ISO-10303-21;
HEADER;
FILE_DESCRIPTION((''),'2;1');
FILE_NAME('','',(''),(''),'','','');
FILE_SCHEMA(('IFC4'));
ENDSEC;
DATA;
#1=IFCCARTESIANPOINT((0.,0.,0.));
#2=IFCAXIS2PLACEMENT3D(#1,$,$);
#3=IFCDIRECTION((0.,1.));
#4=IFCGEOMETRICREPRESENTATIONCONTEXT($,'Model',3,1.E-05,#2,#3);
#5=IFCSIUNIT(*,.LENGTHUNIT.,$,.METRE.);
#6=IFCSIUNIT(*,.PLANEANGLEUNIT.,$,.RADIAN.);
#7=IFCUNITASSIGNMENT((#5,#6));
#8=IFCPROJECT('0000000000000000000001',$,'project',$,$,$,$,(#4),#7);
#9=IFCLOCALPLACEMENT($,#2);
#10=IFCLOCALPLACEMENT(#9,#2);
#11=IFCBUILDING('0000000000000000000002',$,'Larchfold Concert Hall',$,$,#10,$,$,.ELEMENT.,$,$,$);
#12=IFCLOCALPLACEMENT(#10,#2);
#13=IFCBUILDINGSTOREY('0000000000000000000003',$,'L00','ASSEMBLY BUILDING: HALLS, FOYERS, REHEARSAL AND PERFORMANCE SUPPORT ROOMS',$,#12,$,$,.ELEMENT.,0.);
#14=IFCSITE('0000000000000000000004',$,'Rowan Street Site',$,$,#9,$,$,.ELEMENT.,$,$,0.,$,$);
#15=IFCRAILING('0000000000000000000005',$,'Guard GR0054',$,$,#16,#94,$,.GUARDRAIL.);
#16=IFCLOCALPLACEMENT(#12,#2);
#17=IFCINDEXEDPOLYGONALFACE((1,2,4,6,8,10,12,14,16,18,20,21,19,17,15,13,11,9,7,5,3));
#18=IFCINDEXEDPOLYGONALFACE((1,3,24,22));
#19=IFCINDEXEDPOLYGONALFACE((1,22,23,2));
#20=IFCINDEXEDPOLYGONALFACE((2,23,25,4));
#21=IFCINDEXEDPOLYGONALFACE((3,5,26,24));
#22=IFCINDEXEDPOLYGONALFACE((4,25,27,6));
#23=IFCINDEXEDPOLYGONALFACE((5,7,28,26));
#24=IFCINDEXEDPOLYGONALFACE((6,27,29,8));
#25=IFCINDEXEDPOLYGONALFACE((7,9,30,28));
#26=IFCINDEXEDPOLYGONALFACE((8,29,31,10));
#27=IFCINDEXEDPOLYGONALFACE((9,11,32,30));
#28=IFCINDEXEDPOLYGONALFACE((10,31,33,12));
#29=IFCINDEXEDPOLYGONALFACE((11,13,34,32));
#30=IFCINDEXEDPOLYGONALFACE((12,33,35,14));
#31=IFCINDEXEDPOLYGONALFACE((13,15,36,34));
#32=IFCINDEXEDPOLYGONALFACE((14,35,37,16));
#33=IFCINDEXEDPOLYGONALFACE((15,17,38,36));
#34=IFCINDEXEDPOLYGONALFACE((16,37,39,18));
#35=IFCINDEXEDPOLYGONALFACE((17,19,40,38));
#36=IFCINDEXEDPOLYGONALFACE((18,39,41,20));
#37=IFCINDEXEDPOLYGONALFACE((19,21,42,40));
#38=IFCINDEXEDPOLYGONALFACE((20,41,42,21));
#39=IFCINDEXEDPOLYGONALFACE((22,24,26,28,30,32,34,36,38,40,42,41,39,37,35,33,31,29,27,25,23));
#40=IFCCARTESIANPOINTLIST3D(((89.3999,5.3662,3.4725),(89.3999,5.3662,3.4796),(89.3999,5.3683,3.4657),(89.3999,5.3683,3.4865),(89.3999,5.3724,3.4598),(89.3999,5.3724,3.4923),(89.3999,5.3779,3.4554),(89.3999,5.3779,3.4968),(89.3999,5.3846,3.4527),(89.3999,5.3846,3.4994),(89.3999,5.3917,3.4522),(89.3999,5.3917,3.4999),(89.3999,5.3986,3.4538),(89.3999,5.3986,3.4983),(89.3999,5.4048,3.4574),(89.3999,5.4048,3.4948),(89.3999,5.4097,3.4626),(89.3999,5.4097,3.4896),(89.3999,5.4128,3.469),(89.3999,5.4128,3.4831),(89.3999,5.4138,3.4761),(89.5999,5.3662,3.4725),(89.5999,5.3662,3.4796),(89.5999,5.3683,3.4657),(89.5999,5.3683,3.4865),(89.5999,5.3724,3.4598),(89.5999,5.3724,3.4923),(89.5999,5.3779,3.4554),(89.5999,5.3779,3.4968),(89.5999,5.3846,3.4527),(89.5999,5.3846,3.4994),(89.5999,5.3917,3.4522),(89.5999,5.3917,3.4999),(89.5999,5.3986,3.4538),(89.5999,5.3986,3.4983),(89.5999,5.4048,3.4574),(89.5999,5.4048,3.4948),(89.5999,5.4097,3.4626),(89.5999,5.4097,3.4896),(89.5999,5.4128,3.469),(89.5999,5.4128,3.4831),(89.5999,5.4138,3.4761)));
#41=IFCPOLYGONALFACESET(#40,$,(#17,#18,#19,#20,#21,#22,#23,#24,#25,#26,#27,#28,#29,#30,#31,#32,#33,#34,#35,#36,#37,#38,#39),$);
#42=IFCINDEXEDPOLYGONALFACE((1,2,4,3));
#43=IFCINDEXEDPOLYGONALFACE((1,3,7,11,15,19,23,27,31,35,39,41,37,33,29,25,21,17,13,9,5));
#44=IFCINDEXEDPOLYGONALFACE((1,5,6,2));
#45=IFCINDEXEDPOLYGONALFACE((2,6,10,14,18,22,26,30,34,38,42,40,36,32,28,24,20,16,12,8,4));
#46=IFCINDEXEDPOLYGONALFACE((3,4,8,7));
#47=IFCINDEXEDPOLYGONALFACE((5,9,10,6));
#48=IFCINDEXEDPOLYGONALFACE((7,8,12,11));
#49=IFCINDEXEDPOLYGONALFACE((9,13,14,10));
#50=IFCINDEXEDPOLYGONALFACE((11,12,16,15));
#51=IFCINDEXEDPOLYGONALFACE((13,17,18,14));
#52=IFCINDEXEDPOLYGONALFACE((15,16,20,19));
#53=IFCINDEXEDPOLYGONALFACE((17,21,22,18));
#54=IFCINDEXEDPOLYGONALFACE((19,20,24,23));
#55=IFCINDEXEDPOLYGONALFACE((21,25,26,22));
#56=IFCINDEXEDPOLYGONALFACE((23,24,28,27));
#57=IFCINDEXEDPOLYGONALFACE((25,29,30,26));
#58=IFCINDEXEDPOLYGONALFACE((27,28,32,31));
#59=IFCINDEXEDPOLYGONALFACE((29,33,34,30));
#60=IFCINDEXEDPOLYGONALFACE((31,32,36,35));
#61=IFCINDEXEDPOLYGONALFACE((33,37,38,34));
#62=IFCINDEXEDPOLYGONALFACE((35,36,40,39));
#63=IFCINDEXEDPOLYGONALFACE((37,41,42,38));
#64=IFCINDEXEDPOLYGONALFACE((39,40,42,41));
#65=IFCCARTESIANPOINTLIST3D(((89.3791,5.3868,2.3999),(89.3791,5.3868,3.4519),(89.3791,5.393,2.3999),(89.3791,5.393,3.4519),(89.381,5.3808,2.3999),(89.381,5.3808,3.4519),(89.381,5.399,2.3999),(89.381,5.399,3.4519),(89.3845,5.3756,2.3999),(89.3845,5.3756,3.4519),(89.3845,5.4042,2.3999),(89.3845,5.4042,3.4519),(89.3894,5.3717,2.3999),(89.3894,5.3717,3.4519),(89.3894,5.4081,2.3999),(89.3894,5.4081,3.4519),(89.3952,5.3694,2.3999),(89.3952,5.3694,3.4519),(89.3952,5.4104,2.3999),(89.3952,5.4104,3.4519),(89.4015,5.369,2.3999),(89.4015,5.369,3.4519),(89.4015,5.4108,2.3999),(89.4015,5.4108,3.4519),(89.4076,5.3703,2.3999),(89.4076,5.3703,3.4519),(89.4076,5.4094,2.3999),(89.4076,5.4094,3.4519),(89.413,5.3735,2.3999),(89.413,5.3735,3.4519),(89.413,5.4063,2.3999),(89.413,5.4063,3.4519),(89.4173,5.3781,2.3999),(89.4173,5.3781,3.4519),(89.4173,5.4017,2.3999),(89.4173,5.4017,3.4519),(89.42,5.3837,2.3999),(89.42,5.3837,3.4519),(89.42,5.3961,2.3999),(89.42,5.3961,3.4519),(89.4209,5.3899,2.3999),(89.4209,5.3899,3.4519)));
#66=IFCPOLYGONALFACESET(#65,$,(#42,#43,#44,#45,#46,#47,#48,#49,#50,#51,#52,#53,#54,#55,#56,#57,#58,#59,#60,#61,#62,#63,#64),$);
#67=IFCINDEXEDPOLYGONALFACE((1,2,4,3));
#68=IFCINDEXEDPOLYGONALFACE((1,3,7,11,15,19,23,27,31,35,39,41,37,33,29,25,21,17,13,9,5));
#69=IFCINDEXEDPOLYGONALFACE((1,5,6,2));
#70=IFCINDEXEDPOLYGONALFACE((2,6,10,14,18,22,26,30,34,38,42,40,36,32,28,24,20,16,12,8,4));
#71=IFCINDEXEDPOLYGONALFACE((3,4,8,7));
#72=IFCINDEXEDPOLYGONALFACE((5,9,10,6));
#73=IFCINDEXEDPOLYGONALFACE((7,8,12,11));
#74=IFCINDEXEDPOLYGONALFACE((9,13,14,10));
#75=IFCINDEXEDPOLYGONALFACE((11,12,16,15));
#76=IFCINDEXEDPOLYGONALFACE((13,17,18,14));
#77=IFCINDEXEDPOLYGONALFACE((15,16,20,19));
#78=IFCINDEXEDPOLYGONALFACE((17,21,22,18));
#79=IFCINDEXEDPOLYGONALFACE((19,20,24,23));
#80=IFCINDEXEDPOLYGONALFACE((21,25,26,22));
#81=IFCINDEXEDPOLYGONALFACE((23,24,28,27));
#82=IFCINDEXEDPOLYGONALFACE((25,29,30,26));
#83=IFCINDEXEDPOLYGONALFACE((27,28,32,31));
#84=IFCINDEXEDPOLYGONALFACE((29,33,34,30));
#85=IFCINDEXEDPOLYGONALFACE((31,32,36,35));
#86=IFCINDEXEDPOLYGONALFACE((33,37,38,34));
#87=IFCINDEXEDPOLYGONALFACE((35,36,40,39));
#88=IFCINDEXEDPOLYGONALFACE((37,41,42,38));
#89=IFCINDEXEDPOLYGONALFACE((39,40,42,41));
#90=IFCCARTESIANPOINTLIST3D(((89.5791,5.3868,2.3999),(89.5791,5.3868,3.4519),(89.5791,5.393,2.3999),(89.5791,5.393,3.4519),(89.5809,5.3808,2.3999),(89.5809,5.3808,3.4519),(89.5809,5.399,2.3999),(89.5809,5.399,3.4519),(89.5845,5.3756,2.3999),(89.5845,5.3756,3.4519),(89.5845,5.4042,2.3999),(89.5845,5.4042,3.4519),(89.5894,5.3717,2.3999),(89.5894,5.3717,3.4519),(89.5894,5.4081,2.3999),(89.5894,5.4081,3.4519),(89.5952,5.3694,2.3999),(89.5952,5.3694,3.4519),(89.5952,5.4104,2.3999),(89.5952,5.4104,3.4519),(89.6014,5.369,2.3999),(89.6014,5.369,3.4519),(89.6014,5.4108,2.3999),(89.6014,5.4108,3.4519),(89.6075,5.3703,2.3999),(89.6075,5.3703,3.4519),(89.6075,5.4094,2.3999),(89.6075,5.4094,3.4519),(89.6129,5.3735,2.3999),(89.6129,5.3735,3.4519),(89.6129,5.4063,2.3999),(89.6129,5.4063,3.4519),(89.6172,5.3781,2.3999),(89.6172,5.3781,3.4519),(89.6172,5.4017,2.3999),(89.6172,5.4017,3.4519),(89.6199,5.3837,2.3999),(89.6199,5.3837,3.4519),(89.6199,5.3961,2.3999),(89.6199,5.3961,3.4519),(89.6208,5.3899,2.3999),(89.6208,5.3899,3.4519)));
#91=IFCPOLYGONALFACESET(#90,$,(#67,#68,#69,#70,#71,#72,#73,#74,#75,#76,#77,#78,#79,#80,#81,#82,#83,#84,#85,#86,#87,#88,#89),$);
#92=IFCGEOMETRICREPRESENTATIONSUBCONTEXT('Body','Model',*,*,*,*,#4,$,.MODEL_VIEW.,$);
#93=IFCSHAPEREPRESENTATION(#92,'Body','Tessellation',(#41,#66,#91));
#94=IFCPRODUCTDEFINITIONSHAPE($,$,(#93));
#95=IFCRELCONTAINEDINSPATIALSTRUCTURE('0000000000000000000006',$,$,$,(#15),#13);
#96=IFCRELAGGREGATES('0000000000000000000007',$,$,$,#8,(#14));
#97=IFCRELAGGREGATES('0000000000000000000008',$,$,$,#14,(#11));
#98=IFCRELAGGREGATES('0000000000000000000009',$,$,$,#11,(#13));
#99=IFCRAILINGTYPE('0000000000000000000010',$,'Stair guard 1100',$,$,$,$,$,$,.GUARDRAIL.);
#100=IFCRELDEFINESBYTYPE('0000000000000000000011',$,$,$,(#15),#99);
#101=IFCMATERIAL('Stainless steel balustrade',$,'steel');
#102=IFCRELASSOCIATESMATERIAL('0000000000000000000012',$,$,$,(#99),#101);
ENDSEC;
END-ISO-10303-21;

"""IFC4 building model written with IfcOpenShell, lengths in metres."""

from ifc_helpers import new_model, si_unit, direction, frame, origin, origin_2d, place, context, subcontext, project, spatial, circle, extrude, material, type_object, element, save


model = new_model("IFC4")

# Units and contexts
model_context = context("Model", 3, precision=1e-05, world=origin(), true_north=direction((0.0, 1.0)))
body_context = subcontext(model_context, "Body", "Model", "MODEL_VIEW")
ifc_project = project(units=[si_unit("LENGTHUNIT", "METRE"), si_unit("PLANEANGLEUNIT", "RADIAN")], contexts=[model_context])

# Site, building, storey
site_placement = place(None, origin())
site = spatial("IfcSite", under=ifc_project, at=site_placement, Name="Rowan Street Site", CompositionType="ELEMENT", RefElevation=0.0)
building_placement = place(site_placement, origin())
building = spatial("IfcBuilding", under=site, at=building_placement, Name="Larchfold Concert Hall", CompositionType="ELEMENT")
storey_placement = place(building_placement, origin())
storey = spatial("IfcBuildingStorey", under=building, at=storey_placement, Name="L00", Description="ASSEMBLY BUILDING: HALLS, FOYERS, REHEARSAL AND PERFORMANCE SUPPORT ROOMS", CompositionType="ELEMENT", Elevation=0.0)

# Railing
ifc_material_1 = material(Name="Stainless steel balustrade", Category="steel")
railing_type_1 = type_object("IfcRailingType", Name="Stair guard 1100", PredefinedType="GUARDRAIL", material=ifc_material_1)
railing_1_placement = place(storey_placement, frame((89.3999, 5.3899, 2.3999)))
element("IfcRailing", 1, at=railing_1_placement, inside=storey, type_object=railing_type_1, Name="Guard GR0054", PredefinedType="GUARDRAIL", context=body_context, shape_type="SweptSolid", body=[
    extrude(circle(Radius=0.0239, at=origin_2d()), frame((0.0, 0.0, 1.0762), z_axis=(1.0, 0.0, 0.0), x_axis=(0.0, 1.0, 0.0)), (0.0, 0.0, 1.0), 0.2),
    extrude(circle(Radius=0.021, at=origin_2d()), origin(), (0.0, 0.0, 1.0), 1.052),
    extrude(circle(Radius=0.021, at=origin_2d()), frame((0.2, 0.0, 0.0)), (0.0, 0.0, 1.0), 1.052),
])

save(model, "model.ifc")
